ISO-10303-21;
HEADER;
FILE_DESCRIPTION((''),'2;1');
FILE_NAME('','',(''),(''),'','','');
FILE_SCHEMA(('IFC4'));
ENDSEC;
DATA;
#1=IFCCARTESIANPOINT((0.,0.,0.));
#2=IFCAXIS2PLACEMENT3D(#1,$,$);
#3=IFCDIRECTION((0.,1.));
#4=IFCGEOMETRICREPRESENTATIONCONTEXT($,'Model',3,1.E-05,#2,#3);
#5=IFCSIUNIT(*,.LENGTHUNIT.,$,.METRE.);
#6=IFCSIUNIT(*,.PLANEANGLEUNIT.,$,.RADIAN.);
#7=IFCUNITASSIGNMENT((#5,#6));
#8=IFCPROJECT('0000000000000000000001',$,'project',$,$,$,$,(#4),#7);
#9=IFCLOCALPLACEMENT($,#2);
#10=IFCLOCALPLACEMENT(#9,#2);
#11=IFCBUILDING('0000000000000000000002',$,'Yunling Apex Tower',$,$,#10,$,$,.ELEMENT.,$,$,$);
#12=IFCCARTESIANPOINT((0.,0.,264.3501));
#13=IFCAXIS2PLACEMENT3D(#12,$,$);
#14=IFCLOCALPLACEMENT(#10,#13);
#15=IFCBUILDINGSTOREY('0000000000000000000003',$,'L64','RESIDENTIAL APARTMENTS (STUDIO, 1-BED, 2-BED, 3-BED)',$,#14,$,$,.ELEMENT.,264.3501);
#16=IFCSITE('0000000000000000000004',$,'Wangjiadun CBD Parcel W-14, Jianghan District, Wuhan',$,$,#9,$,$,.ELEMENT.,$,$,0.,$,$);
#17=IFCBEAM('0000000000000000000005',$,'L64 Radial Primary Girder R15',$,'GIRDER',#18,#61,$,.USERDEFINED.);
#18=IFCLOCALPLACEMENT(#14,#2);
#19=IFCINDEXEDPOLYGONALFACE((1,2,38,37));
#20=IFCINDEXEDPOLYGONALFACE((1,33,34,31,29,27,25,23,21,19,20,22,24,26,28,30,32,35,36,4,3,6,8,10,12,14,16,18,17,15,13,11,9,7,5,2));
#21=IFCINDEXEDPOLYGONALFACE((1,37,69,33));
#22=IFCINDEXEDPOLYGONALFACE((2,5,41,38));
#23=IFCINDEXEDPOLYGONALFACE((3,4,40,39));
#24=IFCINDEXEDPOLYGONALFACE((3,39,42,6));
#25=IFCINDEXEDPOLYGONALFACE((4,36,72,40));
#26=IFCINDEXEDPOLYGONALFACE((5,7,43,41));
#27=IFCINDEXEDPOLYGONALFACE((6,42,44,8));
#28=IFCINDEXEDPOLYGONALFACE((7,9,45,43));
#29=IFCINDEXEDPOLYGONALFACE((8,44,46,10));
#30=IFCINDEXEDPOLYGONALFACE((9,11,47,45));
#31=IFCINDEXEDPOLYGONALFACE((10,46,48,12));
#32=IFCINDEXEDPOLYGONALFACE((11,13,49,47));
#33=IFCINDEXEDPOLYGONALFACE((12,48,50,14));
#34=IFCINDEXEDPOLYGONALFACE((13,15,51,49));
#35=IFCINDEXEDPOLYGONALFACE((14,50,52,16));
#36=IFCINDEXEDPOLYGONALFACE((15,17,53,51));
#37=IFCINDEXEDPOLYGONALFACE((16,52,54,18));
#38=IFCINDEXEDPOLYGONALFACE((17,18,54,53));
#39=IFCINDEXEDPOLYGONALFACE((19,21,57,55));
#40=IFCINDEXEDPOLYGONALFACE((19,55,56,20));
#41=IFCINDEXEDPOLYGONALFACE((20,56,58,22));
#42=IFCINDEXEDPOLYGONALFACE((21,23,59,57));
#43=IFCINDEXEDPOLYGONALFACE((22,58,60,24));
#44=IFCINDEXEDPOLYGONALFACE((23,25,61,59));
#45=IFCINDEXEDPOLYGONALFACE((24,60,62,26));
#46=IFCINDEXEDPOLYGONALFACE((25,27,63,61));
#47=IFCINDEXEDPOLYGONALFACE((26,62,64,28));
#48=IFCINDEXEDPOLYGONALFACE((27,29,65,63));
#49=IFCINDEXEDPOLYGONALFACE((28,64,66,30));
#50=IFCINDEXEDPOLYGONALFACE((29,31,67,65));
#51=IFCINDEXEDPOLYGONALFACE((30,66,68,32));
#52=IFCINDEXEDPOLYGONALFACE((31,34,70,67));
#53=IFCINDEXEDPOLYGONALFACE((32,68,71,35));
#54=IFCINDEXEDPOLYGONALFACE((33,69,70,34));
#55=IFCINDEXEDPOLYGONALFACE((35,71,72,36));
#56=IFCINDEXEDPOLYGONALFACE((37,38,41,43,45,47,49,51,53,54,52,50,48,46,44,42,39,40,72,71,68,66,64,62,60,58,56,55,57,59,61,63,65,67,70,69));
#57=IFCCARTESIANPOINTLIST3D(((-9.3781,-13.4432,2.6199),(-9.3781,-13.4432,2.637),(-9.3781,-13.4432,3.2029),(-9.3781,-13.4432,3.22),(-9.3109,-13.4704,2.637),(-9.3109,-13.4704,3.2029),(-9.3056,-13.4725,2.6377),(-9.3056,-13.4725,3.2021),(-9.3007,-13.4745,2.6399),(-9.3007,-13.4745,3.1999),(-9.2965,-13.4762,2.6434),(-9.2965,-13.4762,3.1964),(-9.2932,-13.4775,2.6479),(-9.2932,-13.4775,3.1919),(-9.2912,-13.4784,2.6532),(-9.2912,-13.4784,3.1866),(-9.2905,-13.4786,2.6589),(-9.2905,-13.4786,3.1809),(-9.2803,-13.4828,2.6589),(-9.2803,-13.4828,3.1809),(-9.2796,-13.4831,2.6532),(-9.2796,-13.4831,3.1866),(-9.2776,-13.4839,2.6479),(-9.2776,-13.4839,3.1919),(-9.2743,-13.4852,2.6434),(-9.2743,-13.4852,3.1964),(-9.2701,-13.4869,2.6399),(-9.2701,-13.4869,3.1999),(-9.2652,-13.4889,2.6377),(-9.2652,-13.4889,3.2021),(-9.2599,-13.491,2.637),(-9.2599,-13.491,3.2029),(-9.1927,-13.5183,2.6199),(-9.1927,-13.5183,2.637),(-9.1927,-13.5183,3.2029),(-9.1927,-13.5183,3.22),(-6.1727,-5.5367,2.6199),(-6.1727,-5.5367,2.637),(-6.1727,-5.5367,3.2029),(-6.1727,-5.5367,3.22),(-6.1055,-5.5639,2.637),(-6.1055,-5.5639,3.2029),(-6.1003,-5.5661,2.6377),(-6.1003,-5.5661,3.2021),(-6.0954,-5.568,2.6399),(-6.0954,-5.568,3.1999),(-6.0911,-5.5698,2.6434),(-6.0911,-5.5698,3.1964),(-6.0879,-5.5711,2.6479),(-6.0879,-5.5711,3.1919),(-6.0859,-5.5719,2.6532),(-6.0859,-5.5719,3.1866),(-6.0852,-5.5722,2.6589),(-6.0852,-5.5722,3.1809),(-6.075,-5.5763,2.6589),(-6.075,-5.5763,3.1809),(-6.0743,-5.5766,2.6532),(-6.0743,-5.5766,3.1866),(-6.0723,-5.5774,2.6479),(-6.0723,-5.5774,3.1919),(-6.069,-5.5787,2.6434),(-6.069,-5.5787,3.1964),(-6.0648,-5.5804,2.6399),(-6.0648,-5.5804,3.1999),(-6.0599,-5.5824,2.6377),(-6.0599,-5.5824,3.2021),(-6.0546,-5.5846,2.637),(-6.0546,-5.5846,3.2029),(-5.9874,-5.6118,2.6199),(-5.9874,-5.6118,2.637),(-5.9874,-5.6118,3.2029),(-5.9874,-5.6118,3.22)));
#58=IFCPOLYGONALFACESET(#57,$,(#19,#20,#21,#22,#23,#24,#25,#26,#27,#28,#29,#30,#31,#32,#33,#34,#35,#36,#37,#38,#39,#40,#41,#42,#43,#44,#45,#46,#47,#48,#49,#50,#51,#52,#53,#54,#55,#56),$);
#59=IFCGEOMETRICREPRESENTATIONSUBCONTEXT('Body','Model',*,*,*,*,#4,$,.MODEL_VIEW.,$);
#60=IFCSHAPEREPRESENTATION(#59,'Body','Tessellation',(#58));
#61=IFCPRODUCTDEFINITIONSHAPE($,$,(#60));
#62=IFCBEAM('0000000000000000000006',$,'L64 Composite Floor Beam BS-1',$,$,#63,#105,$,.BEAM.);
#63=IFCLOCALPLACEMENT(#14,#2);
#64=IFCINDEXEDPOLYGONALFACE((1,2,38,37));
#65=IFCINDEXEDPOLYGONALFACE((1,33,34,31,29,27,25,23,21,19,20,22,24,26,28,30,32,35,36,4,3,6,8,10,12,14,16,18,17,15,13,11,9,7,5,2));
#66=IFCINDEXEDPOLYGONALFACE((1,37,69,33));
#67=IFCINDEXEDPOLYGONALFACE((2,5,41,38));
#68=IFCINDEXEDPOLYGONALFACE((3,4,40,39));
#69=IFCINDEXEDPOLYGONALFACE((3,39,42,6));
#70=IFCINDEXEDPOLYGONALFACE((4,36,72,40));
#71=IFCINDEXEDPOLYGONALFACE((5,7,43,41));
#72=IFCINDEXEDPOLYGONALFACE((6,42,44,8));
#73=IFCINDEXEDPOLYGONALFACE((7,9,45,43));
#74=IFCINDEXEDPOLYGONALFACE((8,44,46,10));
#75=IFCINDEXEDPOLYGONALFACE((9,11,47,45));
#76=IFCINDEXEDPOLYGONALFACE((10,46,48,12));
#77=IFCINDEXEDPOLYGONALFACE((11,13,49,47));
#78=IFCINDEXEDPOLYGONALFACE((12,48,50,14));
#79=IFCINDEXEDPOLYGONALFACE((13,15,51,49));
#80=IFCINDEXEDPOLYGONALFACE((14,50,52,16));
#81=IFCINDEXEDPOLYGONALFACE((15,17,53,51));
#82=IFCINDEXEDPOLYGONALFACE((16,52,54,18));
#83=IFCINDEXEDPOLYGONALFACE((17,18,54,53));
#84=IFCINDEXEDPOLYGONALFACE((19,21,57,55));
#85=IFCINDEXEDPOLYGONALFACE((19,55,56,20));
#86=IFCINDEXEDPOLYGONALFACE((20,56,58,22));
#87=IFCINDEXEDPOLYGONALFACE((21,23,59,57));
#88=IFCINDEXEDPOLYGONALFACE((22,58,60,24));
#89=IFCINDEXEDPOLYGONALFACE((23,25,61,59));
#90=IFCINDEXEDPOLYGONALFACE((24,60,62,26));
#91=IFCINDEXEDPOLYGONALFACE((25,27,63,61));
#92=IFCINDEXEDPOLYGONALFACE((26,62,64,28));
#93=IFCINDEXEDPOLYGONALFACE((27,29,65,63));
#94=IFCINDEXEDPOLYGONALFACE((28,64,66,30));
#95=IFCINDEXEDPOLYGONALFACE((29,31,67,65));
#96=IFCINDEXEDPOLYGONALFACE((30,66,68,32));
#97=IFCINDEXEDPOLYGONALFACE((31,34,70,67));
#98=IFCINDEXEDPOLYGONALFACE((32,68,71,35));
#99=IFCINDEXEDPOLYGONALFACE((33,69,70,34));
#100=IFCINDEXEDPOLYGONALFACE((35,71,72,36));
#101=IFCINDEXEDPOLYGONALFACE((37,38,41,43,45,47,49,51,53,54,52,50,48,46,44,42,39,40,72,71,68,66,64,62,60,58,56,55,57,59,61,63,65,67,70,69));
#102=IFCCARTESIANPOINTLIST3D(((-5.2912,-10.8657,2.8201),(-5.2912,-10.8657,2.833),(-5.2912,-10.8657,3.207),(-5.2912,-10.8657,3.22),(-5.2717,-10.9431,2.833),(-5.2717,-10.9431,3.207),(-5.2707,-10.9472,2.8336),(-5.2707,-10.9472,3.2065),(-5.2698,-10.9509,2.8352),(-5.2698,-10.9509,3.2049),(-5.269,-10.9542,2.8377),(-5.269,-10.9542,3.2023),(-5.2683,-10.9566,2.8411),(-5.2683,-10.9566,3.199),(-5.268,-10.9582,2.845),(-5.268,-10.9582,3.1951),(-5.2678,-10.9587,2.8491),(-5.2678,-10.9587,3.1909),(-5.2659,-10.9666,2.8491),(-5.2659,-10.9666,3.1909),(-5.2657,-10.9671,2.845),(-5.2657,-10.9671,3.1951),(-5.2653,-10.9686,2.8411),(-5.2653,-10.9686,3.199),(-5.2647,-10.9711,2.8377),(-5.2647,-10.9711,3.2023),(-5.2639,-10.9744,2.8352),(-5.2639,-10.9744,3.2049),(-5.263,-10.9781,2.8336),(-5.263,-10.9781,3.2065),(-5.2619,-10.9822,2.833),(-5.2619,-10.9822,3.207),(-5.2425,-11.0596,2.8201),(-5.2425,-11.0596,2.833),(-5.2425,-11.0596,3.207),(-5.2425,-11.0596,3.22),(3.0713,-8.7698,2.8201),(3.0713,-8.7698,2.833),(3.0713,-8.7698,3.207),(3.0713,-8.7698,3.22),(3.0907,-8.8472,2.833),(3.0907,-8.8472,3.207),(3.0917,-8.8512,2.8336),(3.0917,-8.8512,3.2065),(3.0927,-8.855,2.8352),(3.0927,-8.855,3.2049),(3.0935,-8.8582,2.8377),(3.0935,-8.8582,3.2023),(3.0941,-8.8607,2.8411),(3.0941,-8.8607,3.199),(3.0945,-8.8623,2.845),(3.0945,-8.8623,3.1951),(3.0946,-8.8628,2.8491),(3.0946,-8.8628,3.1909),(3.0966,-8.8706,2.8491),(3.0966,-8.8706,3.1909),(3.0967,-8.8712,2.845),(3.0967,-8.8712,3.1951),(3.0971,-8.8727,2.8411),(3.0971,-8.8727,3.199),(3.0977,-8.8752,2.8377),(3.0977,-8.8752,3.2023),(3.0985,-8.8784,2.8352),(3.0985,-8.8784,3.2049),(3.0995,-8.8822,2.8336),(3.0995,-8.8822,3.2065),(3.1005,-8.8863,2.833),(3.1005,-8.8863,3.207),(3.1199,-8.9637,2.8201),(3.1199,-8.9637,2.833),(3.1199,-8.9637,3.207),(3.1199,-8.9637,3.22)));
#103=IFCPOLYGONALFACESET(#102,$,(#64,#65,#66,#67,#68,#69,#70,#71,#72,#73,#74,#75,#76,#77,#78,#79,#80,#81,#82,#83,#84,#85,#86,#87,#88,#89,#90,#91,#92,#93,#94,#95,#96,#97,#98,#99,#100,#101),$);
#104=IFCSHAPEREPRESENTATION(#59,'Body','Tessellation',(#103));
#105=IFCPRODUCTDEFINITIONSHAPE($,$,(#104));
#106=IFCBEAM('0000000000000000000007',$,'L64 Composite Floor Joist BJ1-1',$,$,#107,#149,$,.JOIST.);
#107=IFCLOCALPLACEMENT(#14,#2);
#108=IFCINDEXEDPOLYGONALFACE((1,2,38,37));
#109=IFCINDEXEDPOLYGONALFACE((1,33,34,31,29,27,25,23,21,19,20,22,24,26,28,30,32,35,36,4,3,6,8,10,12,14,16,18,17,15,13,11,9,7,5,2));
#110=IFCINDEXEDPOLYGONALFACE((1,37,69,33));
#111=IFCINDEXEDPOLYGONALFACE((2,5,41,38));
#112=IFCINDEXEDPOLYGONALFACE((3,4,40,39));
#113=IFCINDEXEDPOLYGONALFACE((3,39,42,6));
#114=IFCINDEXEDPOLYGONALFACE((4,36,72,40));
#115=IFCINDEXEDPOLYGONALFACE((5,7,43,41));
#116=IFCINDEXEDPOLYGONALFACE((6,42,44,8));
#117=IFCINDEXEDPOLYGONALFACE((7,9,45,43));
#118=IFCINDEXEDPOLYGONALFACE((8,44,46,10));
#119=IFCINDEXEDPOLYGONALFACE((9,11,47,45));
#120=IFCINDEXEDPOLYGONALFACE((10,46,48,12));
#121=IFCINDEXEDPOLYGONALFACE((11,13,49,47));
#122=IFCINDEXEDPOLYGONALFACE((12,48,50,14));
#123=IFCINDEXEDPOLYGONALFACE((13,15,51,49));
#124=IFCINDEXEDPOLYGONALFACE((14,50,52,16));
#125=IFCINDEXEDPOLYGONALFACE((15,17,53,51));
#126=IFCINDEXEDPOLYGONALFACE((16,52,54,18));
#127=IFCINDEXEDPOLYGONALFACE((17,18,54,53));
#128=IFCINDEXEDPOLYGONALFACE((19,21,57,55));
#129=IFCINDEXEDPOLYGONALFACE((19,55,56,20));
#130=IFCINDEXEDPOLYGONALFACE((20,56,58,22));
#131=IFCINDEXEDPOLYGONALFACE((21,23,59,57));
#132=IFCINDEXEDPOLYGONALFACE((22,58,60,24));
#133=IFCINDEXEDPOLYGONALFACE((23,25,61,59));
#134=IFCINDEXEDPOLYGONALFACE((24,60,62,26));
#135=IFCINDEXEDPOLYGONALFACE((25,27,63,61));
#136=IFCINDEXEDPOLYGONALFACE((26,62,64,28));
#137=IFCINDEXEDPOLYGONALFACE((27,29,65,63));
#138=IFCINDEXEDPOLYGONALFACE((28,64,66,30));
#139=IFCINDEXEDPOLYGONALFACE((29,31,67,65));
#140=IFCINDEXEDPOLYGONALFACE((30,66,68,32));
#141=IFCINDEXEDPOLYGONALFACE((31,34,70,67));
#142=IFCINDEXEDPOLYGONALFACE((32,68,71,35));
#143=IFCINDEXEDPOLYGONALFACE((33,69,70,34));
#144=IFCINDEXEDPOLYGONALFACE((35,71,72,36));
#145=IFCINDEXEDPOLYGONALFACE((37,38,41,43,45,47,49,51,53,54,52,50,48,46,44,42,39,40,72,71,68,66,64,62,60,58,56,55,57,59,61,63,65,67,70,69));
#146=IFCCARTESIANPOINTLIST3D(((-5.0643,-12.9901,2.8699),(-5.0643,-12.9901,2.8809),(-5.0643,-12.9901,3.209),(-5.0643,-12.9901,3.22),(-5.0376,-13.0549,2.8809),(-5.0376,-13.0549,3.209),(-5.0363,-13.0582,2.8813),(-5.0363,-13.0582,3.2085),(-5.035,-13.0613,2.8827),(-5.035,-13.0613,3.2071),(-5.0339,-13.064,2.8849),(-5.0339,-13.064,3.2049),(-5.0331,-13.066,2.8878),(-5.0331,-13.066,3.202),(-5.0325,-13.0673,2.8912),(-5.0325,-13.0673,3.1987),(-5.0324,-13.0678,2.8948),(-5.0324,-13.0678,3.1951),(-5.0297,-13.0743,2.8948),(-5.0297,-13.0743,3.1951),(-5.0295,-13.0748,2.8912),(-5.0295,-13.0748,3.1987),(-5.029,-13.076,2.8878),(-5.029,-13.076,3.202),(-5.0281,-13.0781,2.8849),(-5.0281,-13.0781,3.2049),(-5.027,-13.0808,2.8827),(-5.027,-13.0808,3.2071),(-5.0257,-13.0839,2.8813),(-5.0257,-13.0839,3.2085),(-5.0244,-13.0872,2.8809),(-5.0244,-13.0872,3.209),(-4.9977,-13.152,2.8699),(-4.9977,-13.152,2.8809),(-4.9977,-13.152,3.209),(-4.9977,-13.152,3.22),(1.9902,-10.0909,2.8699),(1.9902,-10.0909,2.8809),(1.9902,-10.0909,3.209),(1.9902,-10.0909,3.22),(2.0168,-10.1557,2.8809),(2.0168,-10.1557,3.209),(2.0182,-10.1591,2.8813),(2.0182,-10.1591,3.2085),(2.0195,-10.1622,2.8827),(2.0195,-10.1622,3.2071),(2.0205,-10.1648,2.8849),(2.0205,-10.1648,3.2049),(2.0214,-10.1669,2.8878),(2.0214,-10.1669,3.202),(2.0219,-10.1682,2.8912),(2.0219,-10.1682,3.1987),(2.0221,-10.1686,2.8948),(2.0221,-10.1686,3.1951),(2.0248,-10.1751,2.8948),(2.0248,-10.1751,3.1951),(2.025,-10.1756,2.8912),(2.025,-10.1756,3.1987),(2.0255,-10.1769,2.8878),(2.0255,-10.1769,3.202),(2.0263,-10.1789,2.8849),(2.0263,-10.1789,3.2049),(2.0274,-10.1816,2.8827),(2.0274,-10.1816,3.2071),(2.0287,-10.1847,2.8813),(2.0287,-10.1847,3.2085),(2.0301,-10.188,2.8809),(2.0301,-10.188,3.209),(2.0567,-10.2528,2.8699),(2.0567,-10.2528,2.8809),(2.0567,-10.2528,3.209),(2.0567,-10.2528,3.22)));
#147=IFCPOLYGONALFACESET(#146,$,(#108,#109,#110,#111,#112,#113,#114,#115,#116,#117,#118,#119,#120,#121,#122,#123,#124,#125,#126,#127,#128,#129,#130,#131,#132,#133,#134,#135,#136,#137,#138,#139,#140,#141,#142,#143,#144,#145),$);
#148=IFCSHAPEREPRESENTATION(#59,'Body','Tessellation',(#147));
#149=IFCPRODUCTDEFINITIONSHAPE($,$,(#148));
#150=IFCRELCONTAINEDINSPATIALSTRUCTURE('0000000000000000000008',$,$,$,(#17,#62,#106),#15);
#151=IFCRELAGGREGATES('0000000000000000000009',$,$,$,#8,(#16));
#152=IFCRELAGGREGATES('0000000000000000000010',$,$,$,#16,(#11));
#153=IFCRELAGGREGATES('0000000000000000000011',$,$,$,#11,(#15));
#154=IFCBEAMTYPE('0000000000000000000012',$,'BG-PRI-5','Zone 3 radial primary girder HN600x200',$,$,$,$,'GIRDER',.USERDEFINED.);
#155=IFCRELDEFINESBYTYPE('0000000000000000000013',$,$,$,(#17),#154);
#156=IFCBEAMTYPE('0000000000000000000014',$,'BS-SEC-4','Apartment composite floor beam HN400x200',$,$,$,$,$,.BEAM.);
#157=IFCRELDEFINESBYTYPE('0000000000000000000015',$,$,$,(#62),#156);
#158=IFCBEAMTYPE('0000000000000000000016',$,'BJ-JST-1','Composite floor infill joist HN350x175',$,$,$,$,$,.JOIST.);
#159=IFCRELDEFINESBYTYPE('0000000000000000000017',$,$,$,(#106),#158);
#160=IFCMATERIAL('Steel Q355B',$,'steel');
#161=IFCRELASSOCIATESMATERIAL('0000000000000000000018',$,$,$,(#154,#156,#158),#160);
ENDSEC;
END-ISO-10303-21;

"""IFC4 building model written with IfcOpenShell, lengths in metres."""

from ifc_helpers import new_model, si_unit, direction, frame, origin, origin_2d, place, context, subcontext, project, spatial, i_section, extrude, source, transform, mapped, material, material_profile, profile_set, type_object, element, save


model = new_model("IFC4")

# Units and contexts
model_context = context("Model", 3, precision=1e-05, world=origin(), true_north=direction((0.0, 1.0)))
body_context = subcontext(model_context, "Body", "Model", "MODEL_VIEW")
ifc_project = project(units=[si_unit("LENGTHUNIT", "METRE"), si_unit("PLANEANGLEUNIT", "RADIAN")], contexts=[model_context])

# Site, building, storey
site_placement = place(None, origin())
site = spatial("IfcSite", under=ifc_project, at=site_placement, Name="Wangjiadun CBD Parcel W-14, Jianghan District, Wuhan", CompositionType="ELEMENT", RefElevation=0.0)
building_placement = place(site_placement, origin())
building = spatial("IfcBuilding", under=site, at=building_placement, Name="Yunling Apex Tower", CompositionType="ELEMENT")
storey_placement = place(building_placement, frame((0.0, 0.0, 264.3501)))
storey = spatial("IfcBuildingStorey", under=building, at=storey_placement, Name="L64", Description="RESIDENTIAL APARTMENTS (STUDIO, 1-BED, 2-BED, 3-BED)", CompositionType="ELEMENT", Elevation=264.3501)

# Shared definitions
ifc_material_1 = material(Name="Steel Q355B", Category="steel")

# Beams
ifc_material_profile_1 = material_profile(ifc_material_1, i_section(OverallWidth=0.2, OverallDepth=0.6001, WebThickness=0.011, FlangeThickness=0.0171, FilletRadius=0.022, at=origin_2d()))
ifc_profile_set_1 = profile_set([ifc_material_profile_1], Name="Steel Q355B")
beam_type_1 = type_object("IfcBeamType", Name="BG-PRI-5", Description="Zone 3 radial primary girder HN600x200", ElementType="GIRDER", PredefinedType="USERDEFINED", material=ifc_profile_set_1)
shared_shape_1 = source(origin(), body_context, "Body", "SweptSolid", [
    extrude(i_section(OverallWidth=0.2, OverallDepth=0.6001, WebThickness=0.011, FlangeThickness=0.0171, FilletRadius=0.022, at=origin_2d()), origin(), (0.0, 0.0, 1.0), 8.5315),
])
beam_1_placement = place(storey_placement, frame((-9.2854, -13.4807, 2.9199), z_axis=(0.375704, 0.92674, 0.0), x_axis=(-0.92674, 0.375704, 0.0)))
element("IfcBeam", 1, at=beam_1_placement, inside=storey, type_object=beam_type_1, Name="L64 Radial Primary Girder R15", ObjectType="GIRDER", PredefinedType="USERDEFINED", context=body_context, shape_type="MappedRepresentation", body=[
    mapped(shared_shape_1, transform((0.0, 0.0, 0.0), scale=1.0)),
])
ifc_material_profile_2 = material_profile(ifc_material_1, i_section(OverallWidth=0.2, OverallDepth=0.3999, WebThickness=0.0081, FlangeThickness=0.0129, FilletRadius=0.0161, at=origin_2d()))
ifc_profile_set_2 = profile_set([ifc_material_profile_2], Name="Steel Q355B")
beam_type_2 = type_object("IfcBeamType", Name="BS-SEC-4", Description="Apartment composite floor beam HN400x200", PredefinedType="BEAM", material=ifc_profile_set_2)
shared_shape_2 = source(origin(), body_context, "Body", "SweptSolid", [
    extrude(i_section(OverallWidth=0.2, OverallDepth=0.3999, WebThickness=0.0081, FlangeThickness=0.0129, FilletRadius=0.0161, at=origin_2d()), origin(), (0.0, 0.0, 1.0), 8.6211),
])
beam_2_placement = place(storey_placement, frame((-5.2668, -10.9626, 3.02), z_axis=(0.969997, 0.243115, 0.0), x_axis=(-0.243115, 0.969997, 0.0)))
element("IfcBeam", 2, at=beam_2_placement, inside=storey, type_object=beam_type_2, Name="L64 Composite Floor Beam BS-1", PredefinedType="BEAM", context=body_context, shape_type="MappedRepresentation", body=[
    mapped(shared_shape_2, transform((0.0, 0.0, 0.0), scale=1.0)),
])
ifc_material_profile_3 = material_profile(ifc_material_1, i_section(OverallWidth=0.175, OverallDepth=0.3501, WebThickness=0.0071, FlangeThickness=0.011, FilletRadius=0.0139, at=origin_2d()))
ifc_profile_set_3 = profile_set([ifc_material_profile_3], Name="Steel Q355B")
beam_type_3 = type_object("IfcBeamType", Name="BJ-JST-1", Description="Composite floor infill joist HN350x175", PredefinedType="JOIST", material=ifc_profile_set_3)
shared_shape_3 = source(origin(), body_context, "Body", "SweptSolid", [
    extrude(i_section(OverallWidth=0.175, OverallDepth=0.3501, WebThickness=0.0071, FlangeThickness=0.011, FilletRadius=0.0139, at=origin_2d()), origin(), (0.0, 0.0, 1.0), 7.627),
])
beam_3_placement = place(storey_placement, frame((-5.031, -13.071, 3.0449), z_axis=(0.924936, 0.380122, 0.0), x_axis=(-0.380122, 0.924936, 0.0)))
element("IfcBeam", 3, at=beam_3_placement, inside=storey, type_object=beam_type_3, Name="L64 Composite Floor Joist BJ1-1", PredefinedType="JOIST", context=body_context, shape_type="MappedRepresentation", body=[
    mapped(shared_shape_3, transform((0.0, 0.0, 0.0), scale=1.0)),
])

save(model, "model.ifc")
